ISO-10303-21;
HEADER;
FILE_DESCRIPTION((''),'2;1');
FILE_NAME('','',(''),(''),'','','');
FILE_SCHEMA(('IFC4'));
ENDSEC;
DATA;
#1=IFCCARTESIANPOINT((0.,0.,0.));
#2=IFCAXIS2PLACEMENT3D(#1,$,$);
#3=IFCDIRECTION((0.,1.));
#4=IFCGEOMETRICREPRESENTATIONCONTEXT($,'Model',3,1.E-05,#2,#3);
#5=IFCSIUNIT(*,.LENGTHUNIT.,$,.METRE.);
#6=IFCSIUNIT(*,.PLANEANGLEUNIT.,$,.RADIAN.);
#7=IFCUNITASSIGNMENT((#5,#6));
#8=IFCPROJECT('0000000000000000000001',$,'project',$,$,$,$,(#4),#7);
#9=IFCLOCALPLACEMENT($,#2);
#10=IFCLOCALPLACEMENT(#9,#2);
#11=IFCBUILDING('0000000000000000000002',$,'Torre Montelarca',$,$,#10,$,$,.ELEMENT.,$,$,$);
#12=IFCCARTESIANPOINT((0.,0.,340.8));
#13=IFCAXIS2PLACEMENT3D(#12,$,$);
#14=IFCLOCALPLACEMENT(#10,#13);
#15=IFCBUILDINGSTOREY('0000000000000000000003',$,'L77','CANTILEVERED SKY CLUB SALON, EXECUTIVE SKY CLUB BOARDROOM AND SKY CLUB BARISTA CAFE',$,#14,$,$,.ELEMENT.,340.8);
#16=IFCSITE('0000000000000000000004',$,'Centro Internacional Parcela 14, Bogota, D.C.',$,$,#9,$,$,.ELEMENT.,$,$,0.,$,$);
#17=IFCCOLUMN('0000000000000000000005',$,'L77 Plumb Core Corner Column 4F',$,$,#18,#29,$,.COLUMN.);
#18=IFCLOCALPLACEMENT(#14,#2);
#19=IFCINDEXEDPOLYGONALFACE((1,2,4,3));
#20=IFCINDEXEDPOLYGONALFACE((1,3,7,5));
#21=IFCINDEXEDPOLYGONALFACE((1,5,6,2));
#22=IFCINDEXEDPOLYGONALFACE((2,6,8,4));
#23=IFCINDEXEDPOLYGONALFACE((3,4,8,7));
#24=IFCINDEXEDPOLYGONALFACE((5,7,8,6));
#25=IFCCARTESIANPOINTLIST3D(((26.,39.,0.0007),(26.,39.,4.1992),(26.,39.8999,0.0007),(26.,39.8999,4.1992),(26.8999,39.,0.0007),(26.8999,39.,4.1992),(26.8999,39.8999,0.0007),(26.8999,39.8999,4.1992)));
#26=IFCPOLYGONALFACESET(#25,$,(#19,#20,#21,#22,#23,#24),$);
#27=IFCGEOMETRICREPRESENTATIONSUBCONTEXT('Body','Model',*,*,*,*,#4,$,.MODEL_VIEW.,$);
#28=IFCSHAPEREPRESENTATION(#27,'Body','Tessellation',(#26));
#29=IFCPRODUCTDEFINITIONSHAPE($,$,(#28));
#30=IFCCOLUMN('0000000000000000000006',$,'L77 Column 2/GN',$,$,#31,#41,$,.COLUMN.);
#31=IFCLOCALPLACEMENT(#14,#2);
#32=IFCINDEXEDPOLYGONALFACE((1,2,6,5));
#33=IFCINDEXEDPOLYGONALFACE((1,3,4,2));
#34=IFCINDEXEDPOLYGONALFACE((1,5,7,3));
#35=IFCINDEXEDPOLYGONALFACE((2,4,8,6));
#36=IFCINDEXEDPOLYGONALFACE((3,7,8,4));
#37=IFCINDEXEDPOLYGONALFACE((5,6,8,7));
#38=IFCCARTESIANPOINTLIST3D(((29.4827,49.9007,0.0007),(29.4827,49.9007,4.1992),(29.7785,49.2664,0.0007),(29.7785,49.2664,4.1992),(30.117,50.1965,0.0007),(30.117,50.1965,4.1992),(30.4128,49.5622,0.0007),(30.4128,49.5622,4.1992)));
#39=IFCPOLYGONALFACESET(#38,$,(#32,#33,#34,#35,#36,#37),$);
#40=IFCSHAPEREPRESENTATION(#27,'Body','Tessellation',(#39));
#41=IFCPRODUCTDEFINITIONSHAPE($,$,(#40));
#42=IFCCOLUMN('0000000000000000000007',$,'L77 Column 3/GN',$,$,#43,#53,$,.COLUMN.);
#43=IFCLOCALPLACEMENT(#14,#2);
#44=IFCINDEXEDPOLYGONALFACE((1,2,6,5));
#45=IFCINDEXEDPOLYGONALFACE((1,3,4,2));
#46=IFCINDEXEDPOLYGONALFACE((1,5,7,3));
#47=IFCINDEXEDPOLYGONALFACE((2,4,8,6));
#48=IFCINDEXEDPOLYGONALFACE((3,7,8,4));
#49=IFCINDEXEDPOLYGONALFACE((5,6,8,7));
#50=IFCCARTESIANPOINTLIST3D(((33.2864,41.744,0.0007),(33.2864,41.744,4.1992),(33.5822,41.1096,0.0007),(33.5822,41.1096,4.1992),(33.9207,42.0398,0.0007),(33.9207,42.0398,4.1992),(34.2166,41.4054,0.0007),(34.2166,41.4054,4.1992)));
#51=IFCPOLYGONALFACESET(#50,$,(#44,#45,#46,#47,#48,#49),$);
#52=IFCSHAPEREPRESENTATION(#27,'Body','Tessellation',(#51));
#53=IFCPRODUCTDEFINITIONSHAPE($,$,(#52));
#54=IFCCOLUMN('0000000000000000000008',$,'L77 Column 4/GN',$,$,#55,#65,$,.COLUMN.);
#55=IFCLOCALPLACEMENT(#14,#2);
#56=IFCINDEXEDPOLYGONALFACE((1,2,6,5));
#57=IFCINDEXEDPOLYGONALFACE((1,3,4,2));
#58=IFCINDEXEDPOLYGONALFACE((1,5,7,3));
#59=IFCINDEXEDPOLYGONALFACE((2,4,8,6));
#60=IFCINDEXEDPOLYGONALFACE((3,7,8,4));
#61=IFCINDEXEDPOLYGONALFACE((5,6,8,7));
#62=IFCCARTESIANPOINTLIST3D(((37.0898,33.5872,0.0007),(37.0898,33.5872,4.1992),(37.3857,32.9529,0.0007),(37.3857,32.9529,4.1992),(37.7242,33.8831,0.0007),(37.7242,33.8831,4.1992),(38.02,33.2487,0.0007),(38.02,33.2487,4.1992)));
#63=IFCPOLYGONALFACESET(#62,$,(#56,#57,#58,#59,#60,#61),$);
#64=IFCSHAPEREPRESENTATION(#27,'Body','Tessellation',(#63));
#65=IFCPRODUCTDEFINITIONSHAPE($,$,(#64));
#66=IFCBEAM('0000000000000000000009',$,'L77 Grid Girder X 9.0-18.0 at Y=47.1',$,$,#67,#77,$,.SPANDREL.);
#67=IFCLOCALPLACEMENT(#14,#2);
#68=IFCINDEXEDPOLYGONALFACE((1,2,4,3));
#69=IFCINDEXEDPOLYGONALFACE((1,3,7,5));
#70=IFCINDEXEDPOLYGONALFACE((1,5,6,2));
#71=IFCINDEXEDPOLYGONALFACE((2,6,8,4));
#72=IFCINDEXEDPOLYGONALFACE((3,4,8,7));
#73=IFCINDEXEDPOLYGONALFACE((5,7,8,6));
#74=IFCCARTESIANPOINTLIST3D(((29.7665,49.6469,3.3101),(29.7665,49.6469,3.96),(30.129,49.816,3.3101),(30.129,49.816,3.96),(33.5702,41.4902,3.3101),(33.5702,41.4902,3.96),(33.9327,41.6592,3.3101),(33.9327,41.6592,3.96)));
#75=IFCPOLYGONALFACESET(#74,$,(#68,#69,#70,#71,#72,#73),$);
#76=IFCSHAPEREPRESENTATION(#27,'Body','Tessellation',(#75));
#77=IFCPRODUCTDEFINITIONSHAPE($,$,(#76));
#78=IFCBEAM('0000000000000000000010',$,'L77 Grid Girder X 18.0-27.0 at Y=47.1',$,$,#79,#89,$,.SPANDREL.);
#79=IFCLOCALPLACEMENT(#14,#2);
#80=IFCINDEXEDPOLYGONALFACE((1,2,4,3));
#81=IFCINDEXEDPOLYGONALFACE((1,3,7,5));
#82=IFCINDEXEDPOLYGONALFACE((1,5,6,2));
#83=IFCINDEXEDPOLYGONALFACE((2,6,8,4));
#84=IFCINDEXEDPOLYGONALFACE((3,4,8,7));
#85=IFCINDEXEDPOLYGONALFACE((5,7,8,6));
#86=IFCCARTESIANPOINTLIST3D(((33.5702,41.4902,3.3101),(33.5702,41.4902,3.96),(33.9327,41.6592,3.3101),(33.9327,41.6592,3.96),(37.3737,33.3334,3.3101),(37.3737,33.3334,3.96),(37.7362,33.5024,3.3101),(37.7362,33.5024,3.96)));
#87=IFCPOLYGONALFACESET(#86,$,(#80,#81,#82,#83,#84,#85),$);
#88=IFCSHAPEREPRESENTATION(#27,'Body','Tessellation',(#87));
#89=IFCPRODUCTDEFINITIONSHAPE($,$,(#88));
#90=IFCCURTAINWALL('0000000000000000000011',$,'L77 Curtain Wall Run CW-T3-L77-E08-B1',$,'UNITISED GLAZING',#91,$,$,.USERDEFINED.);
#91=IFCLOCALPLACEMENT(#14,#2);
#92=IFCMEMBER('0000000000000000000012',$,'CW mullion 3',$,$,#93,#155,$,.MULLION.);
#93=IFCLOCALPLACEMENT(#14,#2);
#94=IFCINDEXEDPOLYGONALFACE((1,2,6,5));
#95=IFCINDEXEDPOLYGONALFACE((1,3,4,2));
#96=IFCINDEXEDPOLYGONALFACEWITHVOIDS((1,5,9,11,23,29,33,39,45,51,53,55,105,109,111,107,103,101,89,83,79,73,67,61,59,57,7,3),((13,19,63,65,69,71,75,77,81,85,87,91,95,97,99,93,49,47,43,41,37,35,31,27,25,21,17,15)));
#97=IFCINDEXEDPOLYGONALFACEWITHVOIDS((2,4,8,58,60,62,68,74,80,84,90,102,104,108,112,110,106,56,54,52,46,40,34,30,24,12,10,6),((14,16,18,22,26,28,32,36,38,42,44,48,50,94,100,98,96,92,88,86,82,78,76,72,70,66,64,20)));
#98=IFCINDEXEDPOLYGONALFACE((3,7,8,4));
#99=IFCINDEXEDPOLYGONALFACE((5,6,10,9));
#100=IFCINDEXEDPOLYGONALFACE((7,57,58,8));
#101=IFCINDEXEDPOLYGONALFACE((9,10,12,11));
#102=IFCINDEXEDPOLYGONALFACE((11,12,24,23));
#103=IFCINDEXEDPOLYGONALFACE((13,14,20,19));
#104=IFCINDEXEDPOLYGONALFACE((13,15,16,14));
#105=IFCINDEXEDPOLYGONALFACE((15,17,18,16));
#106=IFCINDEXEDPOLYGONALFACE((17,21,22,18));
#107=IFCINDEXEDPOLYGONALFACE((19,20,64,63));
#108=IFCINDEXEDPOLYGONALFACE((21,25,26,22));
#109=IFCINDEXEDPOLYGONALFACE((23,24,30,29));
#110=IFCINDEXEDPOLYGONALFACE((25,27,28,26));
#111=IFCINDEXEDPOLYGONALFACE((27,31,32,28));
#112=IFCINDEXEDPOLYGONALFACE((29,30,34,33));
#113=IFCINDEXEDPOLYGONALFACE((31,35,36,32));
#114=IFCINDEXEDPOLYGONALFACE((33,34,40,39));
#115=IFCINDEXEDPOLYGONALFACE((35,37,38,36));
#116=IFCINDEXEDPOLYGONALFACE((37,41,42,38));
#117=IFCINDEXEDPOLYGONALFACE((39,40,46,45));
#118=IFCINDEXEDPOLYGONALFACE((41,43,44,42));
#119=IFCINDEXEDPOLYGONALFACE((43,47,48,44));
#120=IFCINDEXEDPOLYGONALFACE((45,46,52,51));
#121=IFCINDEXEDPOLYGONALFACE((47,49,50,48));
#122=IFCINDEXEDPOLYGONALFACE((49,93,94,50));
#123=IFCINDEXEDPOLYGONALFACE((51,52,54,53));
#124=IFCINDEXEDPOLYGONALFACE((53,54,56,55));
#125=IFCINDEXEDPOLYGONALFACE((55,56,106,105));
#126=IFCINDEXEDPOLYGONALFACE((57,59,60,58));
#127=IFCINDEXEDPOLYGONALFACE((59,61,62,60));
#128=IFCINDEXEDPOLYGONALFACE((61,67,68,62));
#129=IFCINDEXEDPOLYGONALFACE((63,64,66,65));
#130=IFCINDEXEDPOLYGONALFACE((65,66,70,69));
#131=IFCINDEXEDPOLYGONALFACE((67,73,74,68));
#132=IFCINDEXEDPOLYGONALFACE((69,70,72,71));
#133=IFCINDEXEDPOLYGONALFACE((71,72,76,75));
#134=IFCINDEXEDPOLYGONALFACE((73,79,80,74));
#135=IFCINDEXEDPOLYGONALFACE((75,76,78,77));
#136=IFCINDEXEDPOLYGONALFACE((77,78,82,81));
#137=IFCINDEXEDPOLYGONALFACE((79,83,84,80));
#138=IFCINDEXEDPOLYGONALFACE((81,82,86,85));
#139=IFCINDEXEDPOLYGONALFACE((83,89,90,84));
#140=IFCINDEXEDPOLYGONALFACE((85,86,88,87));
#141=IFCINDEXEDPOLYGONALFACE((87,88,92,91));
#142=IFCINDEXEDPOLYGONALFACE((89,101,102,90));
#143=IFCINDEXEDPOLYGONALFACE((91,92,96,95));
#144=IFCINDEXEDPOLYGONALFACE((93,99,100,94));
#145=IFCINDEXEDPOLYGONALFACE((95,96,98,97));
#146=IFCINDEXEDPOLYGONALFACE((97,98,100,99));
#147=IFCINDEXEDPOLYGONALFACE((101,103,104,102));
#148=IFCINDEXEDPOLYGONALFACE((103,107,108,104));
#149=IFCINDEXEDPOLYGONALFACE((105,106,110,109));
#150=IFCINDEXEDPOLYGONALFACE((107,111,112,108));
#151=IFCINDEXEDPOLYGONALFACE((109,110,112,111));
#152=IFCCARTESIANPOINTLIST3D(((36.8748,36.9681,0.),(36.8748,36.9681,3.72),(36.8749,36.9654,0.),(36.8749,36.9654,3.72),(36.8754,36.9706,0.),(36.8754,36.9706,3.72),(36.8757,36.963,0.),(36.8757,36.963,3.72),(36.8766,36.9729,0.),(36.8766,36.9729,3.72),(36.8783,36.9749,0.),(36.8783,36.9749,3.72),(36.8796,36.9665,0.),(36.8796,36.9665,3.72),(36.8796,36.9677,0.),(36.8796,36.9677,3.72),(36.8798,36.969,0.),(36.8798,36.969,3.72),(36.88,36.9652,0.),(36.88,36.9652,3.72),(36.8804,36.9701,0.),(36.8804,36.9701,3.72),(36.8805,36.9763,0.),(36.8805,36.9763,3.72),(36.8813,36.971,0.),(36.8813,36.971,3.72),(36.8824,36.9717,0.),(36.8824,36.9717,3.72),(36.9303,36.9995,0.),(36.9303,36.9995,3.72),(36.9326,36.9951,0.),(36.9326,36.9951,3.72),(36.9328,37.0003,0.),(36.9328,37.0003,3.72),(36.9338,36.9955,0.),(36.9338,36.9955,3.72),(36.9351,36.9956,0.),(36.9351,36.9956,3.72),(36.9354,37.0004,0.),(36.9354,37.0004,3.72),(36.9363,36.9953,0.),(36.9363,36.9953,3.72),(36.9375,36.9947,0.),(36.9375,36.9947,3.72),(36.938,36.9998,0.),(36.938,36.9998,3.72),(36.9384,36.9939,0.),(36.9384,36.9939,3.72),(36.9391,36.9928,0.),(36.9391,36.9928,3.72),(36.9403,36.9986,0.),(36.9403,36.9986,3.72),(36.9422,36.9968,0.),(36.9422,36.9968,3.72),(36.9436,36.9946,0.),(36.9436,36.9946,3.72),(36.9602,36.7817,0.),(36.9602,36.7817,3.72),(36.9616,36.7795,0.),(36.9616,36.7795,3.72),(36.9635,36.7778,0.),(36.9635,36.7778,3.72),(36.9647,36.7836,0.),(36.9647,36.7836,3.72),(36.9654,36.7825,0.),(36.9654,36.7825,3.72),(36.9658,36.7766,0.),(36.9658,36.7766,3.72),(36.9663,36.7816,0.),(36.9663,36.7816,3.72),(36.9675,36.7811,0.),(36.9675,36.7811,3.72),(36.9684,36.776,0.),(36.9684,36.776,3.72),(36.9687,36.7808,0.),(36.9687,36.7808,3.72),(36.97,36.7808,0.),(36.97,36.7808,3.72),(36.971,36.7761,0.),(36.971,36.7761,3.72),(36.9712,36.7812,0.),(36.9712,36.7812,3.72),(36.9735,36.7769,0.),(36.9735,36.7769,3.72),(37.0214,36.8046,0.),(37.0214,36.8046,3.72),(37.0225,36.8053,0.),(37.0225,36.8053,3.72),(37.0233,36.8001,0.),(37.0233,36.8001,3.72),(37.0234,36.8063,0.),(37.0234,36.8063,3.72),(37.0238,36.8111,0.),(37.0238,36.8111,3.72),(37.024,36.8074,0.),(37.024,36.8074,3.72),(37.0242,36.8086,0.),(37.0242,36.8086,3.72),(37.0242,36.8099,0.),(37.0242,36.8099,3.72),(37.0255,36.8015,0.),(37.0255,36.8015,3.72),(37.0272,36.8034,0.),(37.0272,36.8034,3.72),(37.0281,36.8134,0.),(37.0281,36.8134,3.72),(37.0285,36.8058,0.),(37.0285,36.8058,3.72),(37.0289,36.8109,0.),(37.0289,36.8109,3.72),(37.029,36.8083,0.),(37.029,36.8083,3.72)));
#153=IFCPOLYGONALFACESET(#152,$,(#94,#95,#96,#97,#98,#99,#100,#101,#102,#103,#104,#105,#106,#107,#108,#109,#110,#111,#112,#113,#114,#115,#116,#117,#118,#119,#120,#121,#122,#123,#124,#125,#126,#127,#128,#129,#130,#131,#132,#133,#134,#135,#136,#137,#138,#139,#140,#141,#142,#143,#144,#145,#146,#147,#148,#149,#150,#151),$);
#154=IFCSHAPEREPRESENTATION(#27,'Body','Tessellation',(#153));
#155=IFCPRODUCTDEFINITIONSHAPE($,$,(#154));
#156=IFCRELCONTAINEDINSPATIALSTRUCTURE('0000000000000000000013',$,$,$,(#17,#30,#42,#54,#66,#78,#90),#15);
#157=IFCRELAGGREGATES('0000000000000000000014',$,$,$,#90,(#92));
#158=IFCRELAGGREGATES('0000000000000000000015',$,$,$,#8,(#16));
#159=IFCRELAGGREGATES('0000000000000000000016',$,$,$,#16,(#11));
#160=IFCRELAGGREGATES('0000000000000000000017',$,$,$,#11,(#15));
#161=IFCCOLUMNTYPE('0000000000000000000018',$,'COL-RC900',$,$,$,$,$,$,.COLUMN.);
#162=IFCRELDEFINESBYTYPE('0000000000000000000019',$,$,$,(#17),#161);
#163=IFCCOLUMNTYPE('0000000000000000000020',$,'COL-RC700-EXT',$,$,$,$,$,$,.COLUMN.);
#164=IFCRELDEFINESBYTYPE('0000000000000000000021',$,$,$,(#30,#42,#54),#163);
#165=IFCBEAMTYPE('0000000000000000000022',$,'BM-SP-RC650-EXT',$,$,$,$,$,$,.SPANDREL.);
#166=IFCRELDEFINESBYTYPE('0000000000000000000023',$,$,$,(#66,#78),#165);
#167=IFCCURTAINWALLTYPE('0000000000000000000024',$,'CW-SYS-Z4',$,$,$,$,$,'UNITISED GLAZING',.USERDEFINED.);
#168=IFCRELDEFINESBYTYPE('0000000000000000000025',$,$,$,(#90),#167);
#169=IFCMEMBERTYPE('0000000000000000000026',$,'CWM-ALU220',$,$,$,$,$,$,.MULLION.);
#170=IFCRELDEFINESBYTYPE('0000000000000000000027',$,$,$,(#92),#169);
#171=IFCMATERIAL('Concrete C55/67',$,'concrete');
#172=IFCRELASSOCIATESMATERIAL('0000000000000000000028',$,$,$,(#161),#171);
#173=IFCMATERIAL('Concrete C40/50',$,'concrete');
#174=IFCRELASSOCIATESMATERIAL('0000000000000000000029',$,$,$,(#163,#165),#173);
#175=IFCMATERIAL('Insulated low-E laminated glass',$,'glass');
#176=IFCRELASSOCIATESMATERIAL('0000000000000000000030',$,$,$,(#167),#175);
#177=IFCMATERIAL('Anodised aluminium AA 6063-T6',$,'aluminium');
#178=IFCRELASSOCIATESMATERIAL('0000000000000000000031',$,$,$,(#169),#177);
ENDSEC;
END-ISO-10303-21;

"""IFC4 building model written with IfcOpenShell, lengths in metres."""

from ifc_helpers import new_model, si_unit, direction, frame, origin, origin_2d, place, context, subcontext, project, spatial, rectangle, hollow_rectangle, extrude, source, transform, mapped, material, material_profile, profile_set, type_object, element, aggregate, save


model = new_model("IFC4")

# Units and contexts
model_context = context("Model", 3, precision=1e-05, world=origin(), true_north=direction((0.0, 1.0)))
body_context = subcontext(model_context, "Body", "Model", "MODEL_VIEW")
ifc_project = project(units=[si_unit("LENGTHUNIT", "METRE"), si_unit("PLANEANGLEUNIT", "RADIAN")], contexts=[model_context])

# Site, building, storey
site_placement = place(None, origin())
site = spatial("IfcSite", under=ifc_project, at=site_placement, Name="Centro Internacional Parcela 14, Bogota, D.C.", CompositionType="ELEMENT", RefElevation=0.0)
building_placement = place(site_placement, origin())
building = spatial("IfcBuilding", under=site, at=building_placement, Name="Torre Montelarca", CompositionType="ELEMENT")
storey_placement = place(building_placement, frame((0.0, 0.0, 340.8)))
storey = spatial("IfcBuildingStorey", under=building, at=storey_placement, Name="L77", Description="CANTILEVERED SKY CLUB SALON, EXECUTIVE SKY CLUB BOARDROOM AND SKY CLUB BARISTA CAFE", CompositionType="ELEMENT", Elevation=340.8)

# Columns
ifc_material_1 = material(Name="Concrete C55/67", Category="concrete")
ifc_material_profile_1 = material_profile(ifc_material_1, rectangle(XDim=0.8999, YDim=0.8999, at=origin_2d()), Name="RC900X900", Category="concrete")
ifc_profile_set_1 = profile_set([ifc_material_profile_1], Name="Concrete C55/67")
column_type_1 = type_object("IfcColumnType", Name="COL-RC900", PredefinedType="COLUMN", material=ifc_profile_set_1)
shared_shape_1 = source(origin(), body_context, "Body", "SweptSolid", [
    extrude(rectangle(XDim=0.8999, YDim=0.8999, at=origin_2d()), origin(), (0.0, 0.0, 1.0), 4.1985),
])
column_placement = place(storey_placement, frame((26.45, 39.45, 0.0007), z_axis=(0.0, 0.0, 1.0), x_axis=(1.0, 0.0, 0.0)))
element("IfcColumn", 1, at=column_placement, inside=storey, type_object=column_type_1, Name="L77 Plumb Core Corner Column 4F", PredefinedType="COLUMN", context=body_context, shape_type="MappedRepresentation", body=[
    mapped(shared_shape_1, transform((0.0, 0.0, 0.0), scale=1.0)),
])
ifc_material_2 = material(Name="Concrete C40/50", Category="concrete")
ifc_material_profile_2 = material_profile(ifc_material_2, rectangle(XDim=0.7, YDim=0.7, at=origin_2d()), Name="RC700X700", Category="concrete")
ifc_profile_set_2 = profile_set([ifc_material_profile_2], Name="Concrete C40/50")
column_type_2 = type_object("IfcColumnType", Name="COL-RC700-EXT", PredefinedType="COLUMN", material=ifc_profile_set_2)
shared_shape_2 = source(origin(), body_context, "Body", "SweptSolid", [
    extrude(rectangle(XDim=0.7, YDim=0.7, at=origin_2d()), origin(), (0.0, 0.0, 1.0), 4.1985),
])
for number, where, z_axis, x_axis, name in (
    (2, (29.9478, 49.7314, 0.0007), (0.0, 0.0, 1.0), (-0.422618, 0.906308, 0.0), "L77 Column 2/GN"),
    (3, (33.7515, 41.5747, 0.0007), (0.0, 0.0, 1.0), (-0.422618, 0.906308, 0.0), "L77 Column 3/GN"),
    (4, (37.5549, 33.418, 0.0007), (0.0, 0.0, 1.0), (-0.422618, 0.906308, 0.0), "L77 Column 4/GN"),
):
    element("IfcColumn", number, at=place(storey_placement, frame(where, z_axis=z_axis, x_axis=x_axis)), inside=storey, type_object=column_type_2, Name=name, PredefinedType="COLUMN", context=body_context, shape_type="MappedRepresentation", body=[
        mapped(shared_shape_2, transform((0.0, 0.0, 0.0), scale=1.0)),
    ])

# Beams
ifc_material_profile_3 = material_profile(ifc_material_2, rectangle(XDim=0.3999, YDim=0.6499, at=origin_2d()), Name="RCB400X650", Category="concrete")
ifc_profile_set_3 = profile_set([ifc_material_profile_3], Name="Concrete C40/50")
beam_type = type_object("IfcBeamType", Name="BM-SP-RC650-EXT", PredefinedType="SPANDREL", material=ifc_profile_set_3)
shared_shape_3 = source(origin(), body_context, "Body", "SweptSolid", [
    extrude(rectangle(XDim=0.3999, YDim=0.6499, at=origin_2d()), origin(), (0.0, 0.0, 1.0), 9.0),
])
for number, where, z_axis, x_axis, name in (
    (5, (29.9478, 49.7314, 3.635), (0.422633, -0.906301, 0.0), (0.906301, 0.422633, 0.0), "L77 Grid Girder X 9.0-18.0 at Y=47.1"),
    (6, (33.7515, 41.5747, 3.635), (0.422611, -0.906311, 0.0), (0.906311, 0.422611, 0.0), "L77 Grid Girder X 18.0-27.0 at Y=47.1"),
):
    element("IfcBeam", number, at=place(storey_placement, frame(where, z_axis=z_axis, x_axis=x_axis)), inside=storey, type_object=beam_type, Name=name, PredefinedType="SPANDREL", context=body_context, shape_type="MappedRepresentation", body=[
        mapped(shared_shape_3, transform((0.0, 0.0, 0.0), scale=1.0)),
    ])

# Curtain wall, member
ifc_material_3 = material(Name="Insulated low-E laminated glass", Category="glass")
curtain_wall_type = type_object("IfcCurtainWallType", Name="CW-SYS-Z4", ElementType="UNITISED GLAZING", PredefinedType="USERDEFINED", material=ifc_material_3)
curtain_wall_1_placement = place(storey_placement, origin())
curtain_wall_1 = element("IfcCurtainWall", 7, at=curtain_wall_1_placement, inside=storey, type_object=curtain_wall_type, Name="L77 Curtain Wall Run CW-T3-L77-E08-B1", ObjectType="UNITISED GLAZING", PredefinedType="USERDEFINED")
ifc_material_4 = material(Name="Anodised aluminium AA 6063-T6", Category="aluminium")
ifc_material_profile_4 = material_profile(ifc_material_4, hollow_rectangle(XDim=0.075, YDim=0.22, WallThickness=0.0049, InnerFilletRadius=0.0049, OuterFilletRadius=0.01, at=origin_2d()), Name="ALU75X220X5", Category="aluminium")
ifc_profile_set_4 = profile_set([ifc_material_profile_4], Name="Anodised aluminium AA 6063-T6")
member_type_1 = type_object("IfcMemberType", Name="CWM-ALU220", PredefinedType="MULLION", material=ifc_profile_set_4)
shared_shape_4 = source(origin(), body_context, "Body", "SweptSolid", [
    extrude(hollow_rectangle(XDim=0.075, YDim=0.22, WallThickness=0.0049, InnerFilletRadius=0.0049, OuterFilletRadius=0.01, at=origin_2d()), origin(), (0.0, 0.0, 1.0), 3.72),
])
member_1_placement = place(storey_placement, frame((36.9519, 36.8882, 0.0), z_axis=(0.0, 0.0, 1.0), x_axis=(-0.906309, -0.422615, 0.0)))
member_1 = element("IfcMember", 8, at=member_1_placement, type_object=member_type_1, Name="CW mullion 3", PredefinedType="MULLION", context=body_context, shape_type="MappedRepresentation", body=[
    mapped(shared_shape_4, transform((0.0, 0.0, 0.0), scale=1.0)),
])

aggregate(curtain_wall_1, [member_1])

save(model, "model.ifc")
